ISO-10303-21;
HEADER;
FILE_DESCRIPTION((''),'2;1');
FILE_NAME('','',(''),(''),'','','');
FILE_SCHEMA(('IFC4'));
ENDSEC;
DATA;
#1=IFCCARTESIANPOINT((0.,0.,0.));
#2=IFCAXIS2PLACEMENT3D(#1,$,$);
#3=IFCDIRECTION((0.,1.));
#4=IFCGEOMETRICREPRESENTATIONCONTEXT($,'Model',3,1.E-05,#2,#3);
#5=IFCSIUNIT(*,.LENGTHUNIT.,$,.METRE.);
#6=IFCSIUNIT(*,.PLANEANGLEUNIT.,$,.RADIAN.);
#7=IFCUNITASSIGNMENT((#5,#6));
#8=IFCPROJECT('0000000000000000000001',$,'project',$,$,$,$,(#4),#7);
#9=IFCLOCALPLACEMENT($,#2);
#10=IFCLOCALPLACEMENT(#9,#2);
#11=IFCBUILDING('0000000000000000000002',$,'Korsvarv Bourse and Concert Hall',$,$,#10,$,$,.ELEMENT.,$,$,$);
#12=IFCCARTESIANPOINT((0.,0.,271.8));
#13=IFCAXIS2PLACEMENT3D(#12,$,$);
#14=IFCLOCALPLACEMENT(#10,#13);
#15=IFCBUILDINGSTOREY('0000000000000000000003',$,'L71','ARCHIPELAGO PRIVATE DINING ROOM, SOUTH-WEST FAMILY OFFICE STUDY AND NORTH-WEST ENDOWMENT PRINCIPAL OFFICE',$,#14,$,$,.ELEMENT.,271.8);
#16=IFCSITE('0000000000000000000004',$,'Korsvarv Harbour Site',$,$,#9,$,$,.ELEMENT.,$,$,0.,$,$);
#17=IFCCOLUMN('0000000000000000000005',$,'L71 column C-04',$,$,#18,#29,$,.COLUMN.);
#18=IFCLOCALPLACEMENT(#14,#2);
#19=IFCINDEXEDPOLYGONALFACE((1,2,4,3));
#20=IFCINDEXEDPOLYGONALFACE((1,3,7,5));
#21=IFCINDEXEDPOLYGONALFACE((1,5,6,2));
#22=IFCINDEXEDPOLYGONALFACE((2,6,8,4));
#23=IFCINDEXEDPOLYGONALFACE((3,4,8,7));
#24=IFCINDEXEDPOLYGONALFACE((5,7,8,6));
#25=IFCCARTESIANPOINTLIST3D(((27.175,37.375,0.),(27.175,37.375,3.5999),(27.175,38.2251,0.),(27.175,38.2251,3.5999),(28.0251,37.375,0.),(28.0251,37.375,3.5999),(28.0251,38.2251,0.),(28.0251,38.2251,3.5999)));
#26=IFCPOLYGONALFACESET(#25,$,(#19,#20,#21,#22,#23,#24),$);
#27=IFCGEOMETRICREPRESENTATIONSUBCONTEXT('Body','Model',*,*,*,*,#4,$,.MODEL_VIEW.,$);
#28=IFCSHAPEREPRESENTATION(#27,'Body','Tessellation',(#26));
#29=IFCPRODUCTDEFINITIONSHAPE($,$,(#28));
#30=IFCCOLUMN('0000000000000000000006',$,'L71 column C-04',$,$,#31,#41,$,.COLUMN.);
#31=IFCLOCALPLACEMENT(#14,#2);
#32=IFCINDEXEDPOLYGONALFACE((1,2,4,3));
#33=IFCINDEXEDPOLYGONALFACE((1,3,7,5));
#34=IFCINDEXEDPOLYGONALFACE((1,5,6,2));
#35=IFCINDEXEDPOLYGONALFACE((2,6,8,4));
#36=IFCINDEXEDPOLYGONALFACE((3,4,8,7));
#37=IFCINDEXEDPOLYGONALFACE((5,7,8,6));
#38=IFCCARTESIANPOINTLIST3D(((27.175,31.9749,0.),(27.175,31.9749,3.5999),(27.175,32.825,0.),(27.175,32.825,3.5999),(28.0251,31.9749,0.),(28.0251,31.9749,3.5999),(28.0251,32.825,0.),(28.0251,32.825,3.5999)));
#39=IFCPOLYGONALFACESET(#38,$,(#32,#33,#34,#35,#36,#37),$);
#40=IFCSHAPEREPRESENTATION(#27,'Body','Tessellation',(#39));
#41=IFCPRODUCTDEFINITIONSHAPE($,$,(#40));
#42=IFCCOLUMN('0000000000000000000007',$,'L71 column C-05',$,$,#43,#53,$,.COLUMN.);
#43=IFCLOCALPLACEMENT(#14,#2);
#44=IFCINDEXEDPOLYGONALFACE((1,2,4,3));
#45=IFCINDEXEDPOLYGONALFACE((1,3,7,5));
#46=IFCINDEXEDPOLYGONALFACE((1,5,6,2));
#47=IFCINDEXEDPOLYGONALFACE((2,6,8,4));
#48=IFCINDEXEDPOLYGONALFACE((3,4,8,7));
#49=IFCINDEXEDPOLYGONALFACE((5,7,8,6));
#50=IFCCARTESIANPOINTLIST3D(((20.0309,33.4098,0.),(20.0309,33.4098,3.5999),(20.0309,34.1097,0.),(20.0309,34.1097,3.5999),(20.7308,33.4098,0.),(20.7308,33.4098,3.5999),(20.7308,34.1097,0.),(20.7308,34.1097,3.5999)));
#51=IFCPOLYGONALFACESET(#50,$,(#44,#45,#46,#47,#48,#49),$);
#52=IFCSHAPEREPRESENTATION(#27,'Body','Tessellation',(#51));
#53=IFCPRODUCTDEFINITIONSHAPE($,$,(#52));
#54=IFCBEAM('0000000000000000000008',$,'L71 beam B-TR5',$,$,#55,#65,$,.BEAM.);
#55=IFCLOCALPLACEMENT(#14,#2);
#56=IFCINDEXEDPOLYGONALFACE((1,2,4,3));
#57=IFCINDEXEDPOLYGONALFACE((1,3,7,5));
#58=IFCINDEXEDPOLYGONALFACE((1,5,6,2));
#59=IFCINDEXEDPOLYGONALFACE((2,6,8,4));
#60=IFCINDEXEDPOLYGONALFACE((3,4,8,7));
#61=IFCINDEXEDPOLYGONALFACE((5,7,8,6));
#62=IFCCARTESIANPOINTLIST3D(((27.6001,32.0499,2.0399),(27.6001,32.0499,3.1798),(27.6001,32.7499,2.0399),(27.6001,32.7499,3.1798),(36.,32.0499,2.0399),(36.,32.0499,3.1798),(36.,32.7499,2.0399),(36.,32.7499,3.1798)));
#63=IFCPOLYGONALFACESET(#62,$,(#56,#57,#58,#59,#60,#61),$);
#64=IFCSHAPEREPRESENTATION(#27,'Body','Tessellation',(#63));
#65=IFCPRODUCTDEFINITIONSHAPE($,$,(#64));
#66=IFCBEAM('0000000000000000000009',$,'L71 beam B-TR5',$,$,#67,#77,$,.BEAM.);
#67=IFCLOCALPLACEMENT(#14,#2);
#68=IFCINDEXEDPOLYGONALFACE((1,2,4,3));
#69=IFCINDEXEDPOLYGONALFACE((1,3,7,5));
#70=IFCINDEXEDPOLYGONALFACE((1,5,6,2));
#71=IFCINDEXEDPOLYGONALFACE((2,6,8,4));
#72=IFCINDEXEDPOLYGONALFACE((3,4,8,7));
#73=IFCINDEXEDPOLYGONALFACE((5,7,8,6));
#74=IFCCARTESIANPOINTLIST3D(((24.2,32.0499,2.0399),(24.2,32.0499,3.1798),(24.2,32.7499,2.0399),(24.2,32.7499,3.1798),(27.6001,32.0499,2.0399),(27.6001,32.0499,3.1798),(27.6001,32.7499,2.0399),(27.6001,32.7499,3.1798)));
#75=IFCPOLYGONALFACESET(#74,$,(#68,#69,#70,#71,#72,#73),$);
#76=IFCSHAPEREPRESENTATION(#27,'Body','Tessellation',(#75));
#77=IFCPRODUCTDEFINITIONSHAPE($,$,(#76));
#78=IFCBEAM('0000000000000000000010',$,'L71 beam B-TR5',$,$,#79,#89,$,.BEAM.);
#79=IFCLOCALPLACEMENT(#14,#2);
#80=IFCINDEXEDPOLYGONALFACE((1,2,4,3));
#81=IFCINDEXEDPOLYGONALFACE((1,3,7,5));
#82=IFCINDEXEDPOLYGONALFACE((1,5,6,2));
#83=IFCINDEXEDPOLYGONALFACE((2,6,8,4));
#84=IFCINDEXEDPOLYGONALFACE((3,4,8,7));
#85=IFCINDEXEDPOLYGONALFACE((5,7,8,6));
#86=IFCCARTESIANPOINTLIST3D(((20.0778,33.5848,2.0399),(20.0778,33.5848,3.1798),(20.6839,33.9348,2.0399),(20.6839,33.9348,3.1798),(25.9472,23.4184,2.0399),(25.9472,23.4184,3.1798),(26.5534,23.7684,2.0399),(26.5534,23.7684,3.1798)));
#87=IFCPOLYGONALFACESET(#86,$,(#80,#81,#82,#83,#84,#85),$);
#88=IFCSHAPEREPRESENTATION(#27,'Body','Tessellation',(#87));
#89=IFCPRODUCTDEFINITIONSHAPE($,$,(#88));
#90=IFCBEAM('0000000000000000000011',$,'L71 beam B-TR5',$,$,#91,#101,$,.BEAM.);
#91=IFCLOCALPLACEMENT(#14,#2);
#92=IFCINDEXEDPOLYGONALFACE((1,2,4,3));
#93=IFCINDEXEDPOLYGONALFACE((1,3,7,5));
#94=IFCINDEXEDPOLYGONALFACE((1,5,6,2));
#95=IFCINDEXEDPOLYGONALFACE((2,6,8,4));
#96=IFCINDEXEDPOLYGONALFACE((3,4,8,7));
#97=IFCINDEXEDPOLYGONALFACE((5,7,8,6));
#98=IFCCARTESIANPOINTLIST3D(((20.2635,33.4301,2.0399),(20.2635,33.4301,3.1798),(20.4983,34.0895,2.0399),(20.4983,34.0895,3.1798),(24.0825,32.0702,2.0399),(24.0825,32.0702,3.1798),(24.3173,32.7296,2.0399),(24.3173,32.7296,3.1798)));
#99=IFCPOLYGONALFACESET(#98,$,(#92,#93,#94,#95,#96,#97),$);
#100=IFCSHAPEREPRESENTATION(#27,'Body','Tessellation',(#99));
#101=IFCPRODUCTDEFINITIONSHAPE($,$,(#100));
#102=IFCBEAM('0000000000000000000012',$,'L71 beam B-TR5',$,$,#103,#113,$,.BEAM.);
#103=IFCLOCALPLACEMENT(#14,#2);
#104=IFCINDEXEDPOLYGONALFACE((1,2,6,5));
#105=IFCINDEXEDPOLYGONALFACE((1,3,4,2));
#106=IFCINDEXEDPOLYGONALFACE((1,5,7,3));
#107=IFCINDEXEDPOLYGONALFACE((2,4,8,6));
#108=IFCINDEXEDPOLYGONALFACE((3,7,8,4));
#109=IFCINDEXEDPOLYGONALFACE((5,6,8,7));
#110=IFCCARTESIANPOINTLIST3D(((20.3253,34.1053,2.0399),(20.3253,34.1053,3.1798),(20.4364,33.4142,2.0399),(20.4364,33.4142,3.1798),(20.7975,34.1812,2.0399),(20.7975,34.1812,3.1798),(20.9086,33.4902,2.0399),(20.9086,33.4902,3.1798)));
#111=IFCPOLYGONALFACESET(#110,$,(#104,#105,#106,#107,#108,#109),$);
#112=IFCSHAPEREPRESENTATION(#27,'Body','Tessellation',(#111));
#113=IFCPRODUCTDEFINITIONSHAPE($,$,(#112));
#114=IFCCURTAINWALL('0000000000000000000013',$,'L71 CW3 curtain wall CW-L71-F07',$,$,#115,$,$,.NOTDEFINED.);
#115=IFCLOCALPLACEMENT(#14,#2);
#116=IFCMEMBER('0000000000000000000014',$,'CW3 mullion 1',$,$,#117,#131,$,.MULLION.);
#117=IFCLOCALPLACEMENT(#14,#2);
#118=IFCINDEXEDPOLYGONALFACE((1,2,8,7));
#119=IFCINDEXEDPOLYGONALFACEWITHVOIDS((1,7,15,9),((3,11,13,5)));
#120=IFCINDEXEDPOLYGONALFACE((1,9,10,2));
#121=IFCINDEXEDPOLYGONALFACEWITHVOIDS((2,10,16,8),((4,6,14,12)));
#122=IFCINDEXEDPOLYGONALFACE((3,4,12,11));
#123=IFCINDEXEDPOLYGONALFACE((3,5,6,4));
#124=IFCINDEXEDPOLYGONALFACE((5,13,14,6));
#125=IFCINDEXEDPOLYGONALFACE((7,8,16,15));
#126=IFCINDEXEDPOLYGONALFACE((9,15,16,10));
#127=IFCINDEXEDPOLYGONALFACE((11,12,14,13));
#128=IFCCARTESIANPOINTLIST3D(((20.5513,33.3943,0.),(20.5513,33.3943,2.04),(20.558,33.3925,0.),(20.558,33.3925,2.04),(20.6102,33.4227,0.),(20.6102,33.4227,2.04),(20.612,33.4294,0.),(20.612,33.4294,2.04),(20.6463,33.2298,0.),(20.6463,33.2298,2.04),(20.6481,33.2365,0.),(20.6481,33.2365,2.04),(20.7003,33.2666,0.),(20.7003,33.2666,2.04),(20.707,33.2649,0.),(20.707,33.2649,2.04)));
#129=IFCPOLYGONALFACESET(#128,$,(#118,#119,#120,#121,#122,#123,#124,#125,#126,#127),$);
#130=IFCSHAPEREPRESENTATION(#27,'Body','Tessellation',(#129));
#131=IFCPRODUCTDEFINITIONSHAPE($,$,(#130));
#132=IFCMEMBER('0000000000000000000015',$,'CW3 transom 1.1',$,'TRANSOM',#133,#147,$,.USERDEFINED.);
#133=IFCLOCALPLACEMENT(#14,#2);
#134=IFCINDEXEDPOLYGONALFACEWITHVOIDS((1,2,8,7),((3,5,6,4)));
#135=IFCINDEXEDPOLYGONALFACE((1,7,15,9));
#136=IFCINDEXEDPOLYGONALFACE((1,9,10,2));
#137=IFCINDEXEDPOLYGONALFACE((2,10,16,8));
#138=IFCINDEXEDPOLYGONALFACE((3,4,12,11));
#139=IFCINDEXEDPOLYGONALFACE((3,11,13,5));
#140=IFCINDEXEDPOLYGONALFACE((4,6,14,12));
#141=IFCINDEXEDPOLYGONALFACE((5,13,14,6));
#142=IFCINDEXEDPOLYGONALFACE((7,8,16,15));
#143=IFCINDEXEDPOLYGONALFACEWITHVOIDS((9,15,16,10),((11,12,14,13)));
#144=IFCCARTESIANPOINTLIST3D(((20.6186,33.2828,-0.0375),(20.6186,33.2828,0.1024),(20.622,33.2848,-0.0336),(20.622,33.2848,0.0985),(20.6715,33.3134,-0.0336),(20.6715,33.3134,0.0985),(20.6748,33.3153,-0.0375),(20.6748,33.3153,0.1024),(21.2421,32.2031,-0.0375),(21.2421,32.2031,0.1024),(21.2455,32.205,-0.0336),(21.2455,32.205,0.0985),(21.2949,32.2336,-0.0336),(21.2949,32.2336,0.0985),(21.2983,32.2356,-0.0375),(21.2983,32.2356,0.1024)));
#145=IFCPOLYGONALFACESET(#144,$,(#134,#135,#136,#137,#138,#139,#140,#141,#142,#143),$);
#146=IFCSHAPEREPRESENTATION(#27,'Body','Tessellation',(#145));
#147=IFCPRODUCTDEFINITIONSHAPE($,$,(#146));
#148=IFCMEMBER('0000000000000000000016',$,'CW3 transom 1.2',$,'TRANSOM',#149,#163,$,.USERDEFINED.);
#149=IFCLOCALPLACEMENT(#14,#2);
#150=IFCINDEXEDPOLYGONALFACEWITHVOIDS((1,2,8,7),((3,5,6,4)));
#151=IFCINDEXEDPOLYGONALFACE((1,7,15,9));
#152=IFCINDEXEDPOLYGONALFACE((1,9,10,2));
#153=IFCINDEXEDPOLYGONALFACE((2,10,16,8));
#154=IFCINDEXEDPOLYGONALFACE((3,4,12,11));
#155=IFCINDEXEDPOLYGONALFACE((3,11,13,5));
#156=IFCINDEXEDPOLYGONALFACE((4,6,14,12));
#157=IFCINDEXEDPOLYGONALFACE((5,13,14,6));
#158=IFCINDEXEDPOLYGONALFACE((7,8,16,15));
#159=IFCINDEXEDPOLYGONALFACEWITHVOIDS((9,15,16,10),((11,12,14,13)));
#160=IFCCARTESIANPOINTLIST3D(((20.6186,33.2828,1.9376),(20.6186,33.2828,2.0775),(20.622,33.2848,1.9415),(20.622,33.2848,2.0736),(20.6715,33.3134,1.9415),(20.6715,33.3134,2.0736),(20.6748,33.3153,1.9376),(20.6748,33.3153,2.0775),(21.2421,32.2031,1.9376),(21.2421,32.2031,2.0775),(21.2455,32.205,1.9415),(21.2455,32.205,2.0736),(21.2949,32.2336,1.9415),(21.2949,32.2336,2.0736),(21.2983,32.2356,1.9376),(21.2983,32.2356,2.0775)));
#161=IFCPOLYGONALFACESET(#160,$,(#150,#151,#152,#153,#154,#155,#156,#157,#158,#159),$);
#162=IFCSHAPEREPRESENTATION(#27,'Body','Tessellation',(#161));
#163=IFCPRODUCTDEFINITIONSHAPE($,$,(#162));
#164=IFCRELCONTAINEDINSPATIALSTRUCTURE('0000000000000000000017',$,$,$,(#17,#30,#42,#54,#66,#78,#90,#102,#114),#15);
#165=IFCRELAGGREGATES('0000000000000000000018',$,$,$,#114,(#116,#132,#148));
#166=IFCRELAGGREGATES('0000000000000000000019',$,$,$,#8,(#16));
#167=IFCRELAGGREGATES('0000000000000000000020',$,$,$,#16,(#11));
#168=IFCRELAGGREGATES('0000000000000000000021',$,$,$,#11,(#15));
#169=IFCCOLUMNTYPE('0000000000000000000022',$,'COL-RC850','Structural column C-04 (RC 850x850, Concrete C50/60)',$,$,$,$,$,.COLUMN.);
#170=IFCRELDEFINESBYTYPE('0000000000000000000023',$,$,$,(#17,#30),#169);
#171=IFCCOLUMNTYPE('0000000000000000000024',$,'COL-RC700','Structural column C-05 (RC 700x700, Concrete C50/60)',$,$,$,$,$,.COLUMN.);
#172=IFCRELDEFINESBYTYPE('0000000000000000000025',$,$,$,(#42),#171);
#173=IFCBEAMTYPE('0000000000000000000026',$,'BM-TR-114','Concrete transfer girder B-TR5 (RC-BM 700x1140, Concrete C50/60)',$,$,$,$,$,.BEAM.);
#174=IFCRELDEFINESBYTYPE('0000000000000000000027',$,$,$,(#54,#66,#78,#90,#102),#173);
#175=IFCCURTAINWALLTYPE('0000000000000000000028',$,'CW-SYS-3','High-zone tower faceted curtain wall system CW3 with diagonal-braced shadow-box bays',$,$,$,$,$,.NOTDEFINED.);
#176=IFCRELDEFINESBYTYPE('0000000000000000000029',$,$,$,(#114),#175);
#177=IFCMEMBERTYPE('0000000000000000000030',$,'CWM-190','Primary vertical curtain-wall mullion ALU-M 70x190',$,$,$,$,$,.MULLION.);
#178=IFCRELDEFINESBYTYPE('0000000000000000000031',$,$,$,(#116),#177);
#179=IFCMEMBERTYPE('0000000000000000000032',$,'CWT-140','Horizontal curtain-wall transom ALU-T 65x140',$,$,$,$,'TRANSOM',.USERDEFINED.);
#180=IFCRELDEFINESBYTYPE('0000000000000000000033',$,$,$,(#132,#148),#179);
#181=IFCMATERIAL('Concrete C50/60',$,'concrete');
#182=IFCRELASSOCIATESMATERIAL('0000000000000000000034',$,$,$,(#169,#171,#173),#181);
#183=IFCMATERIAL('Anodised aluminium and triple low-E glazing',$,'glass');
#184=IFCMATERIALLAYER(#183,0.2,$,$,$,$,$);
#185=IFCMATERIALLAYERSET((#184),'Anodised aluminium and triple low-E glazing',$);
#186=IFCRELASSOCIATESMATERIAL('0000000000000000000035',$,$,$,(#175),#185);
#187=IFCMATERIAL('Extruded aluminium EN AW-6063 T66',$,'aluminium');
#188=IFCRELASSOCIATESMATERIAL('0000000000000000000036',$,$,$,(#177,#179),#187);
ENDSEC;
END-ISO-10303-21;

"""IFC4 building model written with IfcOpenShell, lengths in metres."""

from ifc_helpers import new_model, si_unit, direction, frame, origin, origin_2d, place, context, subcontext, project, spatial, rectangle, hollow_rectangle, extrude, source, transform, mapped, material, layer, layer_set, material_profile, profile_set, type_object, element, aggregate, save


model = new_model("IFC4")

# Units and contexts
model_context = context("Model", 3, precision=1e-05, world=origin(), true_north=direction((0.0, 1.0)))
body_context = subcontext(model_context, "Body", "Model", "MODEL_VIEW")
ifc_project = project(units=[si_unit("LENGTHUNIT", "METRE"), si_unit("PLANEANGLEUNIT", "RADIAN")], contexts=[model_context])

# Site, building, storey
site_placement = place(None, origin())
site = spatial("IfcSite", under=ifc_project, at=site_placement, Name="Korsvarv Harbour Site", CompositionType="ELEMENT", RefElevation=0.0)
building_placement = place(site_placement, origin())
building = spatial("IfcBuilding", under=site, at=building_placement, Name="Korsvarv Bourse and Concert Hall", CompositionType="ELEMENT")
storey_placement = place(building_placement, frame((0.0, 0.0, 271.8)))
storey = spatial("IfcBuildingStorey", under=building, at=storey_placement, Name="L71", Description="ARCHIPELAGO PRIVATE DINING ROOM, SOUTH-WEST FAMILY OFFICE STUDY AND NORTH-WEST ENDOWMENT PRINCIPAL OFFICE", CompositionType="ELEMENT", Elevation=271.8)

# Columns
ifc_material_1 = material(Name="Concrete C50/60", Category="concrete")
ifc_material_profile_1 = material_profile(ifc_material_1, rectangle(XDim=0.8501, YDim=0.8501, at=origin_2d()), Name="RC 850x850")
ifc_profile_set_1 = profile_set([ifc_material_profile_1], Name="Concrete C50/60")
column_type_1 = type_object("IfcColumnType", Name="COL-RC850", Description="Structural column C-04 (RC 850x850, Concrete C50/60)", PredefinedType="COLUMN", material=ifc_profile_set_1)
shared_shape_1 = source(origin(), body_context, "Body", "SweptSolid", [
    extrude(rectangle(XDim=0.8501, YDim=0.8501, at=origin_2d()), origin(), (0.0, 0.0, 1.0), 3.5999),
])
for number, where, z_axis, x_axis, name in (
    (1, (27.6001, 37.8, 0.0), (0.0, 0.0, 1.0), (1.0, 0.0, 0.0), "L71 column C-04"),
    (2, (27.6001, 32.3999, 0.0), (0.0, 0.0, 1.0), (1.0, 0.0, 0.0), "L71 column C-04"),
):
    element("IfcColumn", number, at=place(storey_placement, frame(where, z_axis=z_axis, x_axis=x_axis)), inside=storey, type_object=column_type_1, Name=name, PredefinedType="COLUMN", context=body_context, shape_type="MappedRepresentation", body=[
        mapped(shared_shape_1, transform((0.0, 0.0, 0.0), scale=1.0)),
    ])
ifc_material_profile_2 = material_profile(ifc_material_1, rectangle(XDim=0.7, YDim=0.7, at=origin_2d()), Name="RC 700x700")
ifc_profile_set_2 = profile_set([ifc_material_profile_2], Name="Concrete C50/60")
column_type_2 = type_object("IfcColumnType", Name="COL-RC700", Description="Structural column C-05 (RC 700x700, Concrete C50/60)", PredefinedType="COLUMN", material=ifc_profile_set_2)
shared_shape_2 = source(origin(), body_context, "Body", "SweptSolid", [
    extrude(rectangle(XDim=0.7, YDim=0.7, at=origin_2d()), origin(), (0.0, 0.0, 1.0), 3.5999),
])
column_placement = place(storey_placement, frame((20.3809, 33.7598, 0.0), z_axis=(0.0, 0.0, 1.0), x_axis=(1.0, 0.0, 0.0)))
element("IfcColumn", 3, at=column_placement, inside=storey, type_object=column_type_2, Name="L71 column C-05", PredefinedType="COLUMN", context=body_context, shape_type="MappedRepresentation", body=[
    mapped(shared_shape_2, transform((0.0, 0.0, 0.0), scale=1.0)),
])

# Beams
ifc_material_profile_3 = material_profile(ifc_material_1, rectangle(XDim=0.7, YDim=1.1399, at=origin_2d()), Name="RC-BM 700x1140")
ifc_profile_set_3 = profile_set([ifc_material_profile_3], Name="Concrete C50/60")
beam_type = type_object("IfcBeamType", Name="BM-TR-114", Description="Concrete transfer girder B-TR5 (RC-BM 700x1140, Concrete C50/60)", PredefinedType="BEAM", material=ifc_profile_set_3)
shared_shape_3 = source(origin(), body_context, "Body", "SweptSolid", [
    extrude(rectangle(XDim=0.7, YDim=1.1399, at=origin_2d()), origin(), (0.0, 0.0, 1.0), 8.3999),
])
beam_1_placement = place(storey_placement, frame((27.6001, 32.3999, 2.6099), z_axis=(1.0, 0.0, 0.0), x_axis=(0.0, 1.0, 0.0)))
element("IfcBeam", 4, at=beam_1_placement, inside=storey, type_object=beam_type, Name="L71 beam B-TR5", PredefinedType="BEAM", context=body_context, shape_type="MappedRepresentation", body=[
    mapped(shared_shape_3, transform((0.0, 0.0, 0.0), scale=1.0)),
])
shared_shape_4 = source(origin(), body_context, "Body", "SweptSolid", [
    extrude(rectangle(XDim=0.7, YDim=1.1399, at=origin_2d()), origin(), (0.0, 0.0, 1.0), 3.4001),
])
beam_2_placement = place(storey_placement, frame((24.2, 32.3999, 2.6099), z_axis=(1.0, 0.0, 0.0), x_axis=(0.0, 1.0, 0.0)))
element("IfcBeam", 5, at=beam_2_placement, inside=storey, type_object=beam_type, Name="L71 beam B-TR5", PredefinedType="BEAM", context=body_context, shape_type="MappedRepresentation", body=[
    mapped(shared_shape_4, transform((0.0, 0.0, 0.0), scale=1.0)),
])
shared_shape_5 = source(origin(), body_context, "Body", "SweptSolid", [
    extrude(rectangle(XDim=0.7, YDim=1.1399, at=origin_2d()), origin(), (0.0, 0.0, 1.0), 11.739),
])
beam_3_placement = place(storey_placement, frame((20.3809, 33.7598, 2.6099), z_axis=(0.499993, -0.866029, 0.0), x_axis=(0.866029, 0.499993, 0.0)))
element("IfcBeam", 6, at=beam_3_placement, inside=storey, type_object=beam_type, Name="L71 beam B-TR5", PredefinedType="BEAM", context=body_context, shape_type="MappedRepresentation", body=[
    mapped(shared_shape_5, transform((0.0, 0.0, 0.0), scale=1.0)),
])
shared_shape_6 = source(origin(), body_context, "Body", "SweptSolid", [
    extrude(rectangle(XDim=0.7, YDim=1.1399, at=origin_2d()), origin(), (0.0, 0.0, 1.0), 4.054),
])
beam_4_placement = place(storey_placement, frame((20.3809, 33.7598, 2.6099), z_axis=(0.942062, -0.33544, 0.0), x_axis=(0.33544, 0.942062, 0.0)))
element("IfcBeam", 7, at=beam_4_placement, inside=storey, type_object=beam_type, Name="L71 beam B-TR5", PredefinedType="BEAM", context=body_context, shape_type="MappedRepresentation", body=[
    mapped(shared_shape_6, transform((0.0, 0.0, 0.0), scale=1.0)),
])
shared_shape_7 = source(origin(), body_context, "Body", "SweptSolid", [
    extrude(rectangle(XDim=0.7, YDim=1.1399, at=origin_2d()), origin(), (0.0, 0.0, 1.0), 0.4783),
])
beam_5_placement = place(storey_placement, frame((20.3809, 33.7598, 2.6099), z_axis=(0.987316, 0.158767, 0.0), x_axis=(-0.158767, 0.987316, 0.0)))
element("IfcBeam", 8, at=beam_5_placement, inside=storey, type_object=beam_type, Name="L71 beam B-TR5", PredefinedType="BEAM", context=body_context, shape_type="MappedRepresentation", body=[
    mapped(shared_shape_7, transform((0.0, 0.0, 0.0), scale=1.0)),
])

# Curtain wall, members
ifc_material_2 = material(Name="Anodised aluminium and triple low-E glazing", Category="glass")
ifc_layer_1 = layer(ifc_material_2, 0.2)
ifc_layer_set_1 = layer_set([ifc_layer_1], Name="Anodised aluminium and triple low-E glazing")
curtain_wall_type = type_object("IfcCurtainWallType", Name="CW-SYS-3", Description="High-zone tower faceted curtain wall system CW3 with diagonal-braced shadow-box bays", PredefinedType="NOTDEFINED", material=ifc_layer_set_1)
curtain_wall_placement = place(storey_placement, origin())
curtain_wall = element("IfcCurtainWall", 9, at=curtain_wall_placement, inside=storey, type_object=curtain_wall_type, Name="L71 CW3 curtain wall CW-L71-F07", PredefinedType="NOTDEFINED")
ifc_material_3 = material(Name="Extruded aluminium EN AW-6063 T66", Category="aluminium")
ifc_material_profile_4 = material_profile(ifc_material_3, hollow_rectangle(XDim=0.0701, YDim=0.1899, WallThickness=0.0049, at=origin_2d()), Name="ALU-M 70x190")
ifc_profile_set_4 = profile_set([ifc_material_profile_4], Name="Extruded aluminium EN AW-6063 T66")
member_type_1 = type_object("IfcMemberType", Name="CWM-190", Description="Primary vertical curtain-wall mullion ALU-M 70x190", PredefinedType="MULLION", material=ifc_profile_set_4)
shared_shape_8 = source(origin(), body_context, "Body", "SweptSolid", [
    extrude(hollow_rectangle(XDim=0.0701, YDim=0.1899, WallThickness=0.0049, at=origin_2d()), origin(), (0.0, 0.0, 1.0), 2.04),
])
member_1_placement = place(storey_placement, frame((20.6292, 33.3296, 0.0), z_axis=(0.0, 0.0, 1.0), x_axis=(0.866023, 0.500004, 0.0)))
member_1 = element("IfcMember", 10, at=member_1_placement, type_object=member_type_1, Name="CW3 mullion 1", PredefinedType="MULLION", context=body_context, shape_type="MappedRepresentation", body=[
    mapped(shared_shape_8, transform((0.0, 0.0, 0.0), scale=1.0)),
])
ifc_material_profile_5 = material_profile(ifc_material_3, hollow_rectangle(XDim=0.0649, YDim=0.1399, WallThickness=0.0039, at=origin_2d()), Name="ALU-T 65x140")
ifc_profile_set_5 = profile_set([ifc_material_profile_5], Name="Extruded aluminium EN AW-6063 T66")
member_type_2 = type_object("IfcMemberType", Name="CWT-140", Description="Horizontal curtain-wall transom ALU-T 65x140", ElementType="TRANSOM", PredefinedType="USERDEFINED", material=ifc_profile_set_5)
shared_shape_9 = source(origin(), body_context, "Body", "SweptSolid", [
    extrude(hollow_rectangle(XDim=0.0649, YDim=0.1399, WallThickness=0.0039, at=origin_2d()), origin(), (0.0, 0.0, 1.0), 1.2468),
])
member_2_placement = place(storey_placement, frame((20.6467, 33.2991, 0.0325), z_axis=(0.500056, -0.865993, 0.0), x_axis=(0.865993, 0.500056, 0.0)))
member_2 = element("IfcMember", 11, at=member_2_placement, type_object=member_type_2, Name="CW3 transom 1.1", ObjectType="TRANSOM", PredefinedType="USERDEFINED", context=body_context, shape_type="MappedRepresentation", body=[
    mapped(shared_shape_9, transform((0.0, 0.0, 0.0), scale=1.0)),
])
member_3_placement = place(storey_placement, frame((20.6467, 33.2991, 2.0076), z_axis=(0.500056, -0.865993, 0.0), x_axis=(0.865993, 0.500056, 0.0)))
member_3 = element("IfcMember", 12, at=member_3_placement, type_object=member_type_2, Name="CW3 transom 1.2", ObjectType="TRANSOM", PredefinedType="USERDEFINED", context=body_context, shape_type="MappedRepresentation", body=[
    mapped(shared_shape_9, transform((0.0, 0.0, 0.0), scale=1.0)),
])
aggregate(curtain_wall, [member_1, member_2, member_3])

save(model, "model.ifc")
